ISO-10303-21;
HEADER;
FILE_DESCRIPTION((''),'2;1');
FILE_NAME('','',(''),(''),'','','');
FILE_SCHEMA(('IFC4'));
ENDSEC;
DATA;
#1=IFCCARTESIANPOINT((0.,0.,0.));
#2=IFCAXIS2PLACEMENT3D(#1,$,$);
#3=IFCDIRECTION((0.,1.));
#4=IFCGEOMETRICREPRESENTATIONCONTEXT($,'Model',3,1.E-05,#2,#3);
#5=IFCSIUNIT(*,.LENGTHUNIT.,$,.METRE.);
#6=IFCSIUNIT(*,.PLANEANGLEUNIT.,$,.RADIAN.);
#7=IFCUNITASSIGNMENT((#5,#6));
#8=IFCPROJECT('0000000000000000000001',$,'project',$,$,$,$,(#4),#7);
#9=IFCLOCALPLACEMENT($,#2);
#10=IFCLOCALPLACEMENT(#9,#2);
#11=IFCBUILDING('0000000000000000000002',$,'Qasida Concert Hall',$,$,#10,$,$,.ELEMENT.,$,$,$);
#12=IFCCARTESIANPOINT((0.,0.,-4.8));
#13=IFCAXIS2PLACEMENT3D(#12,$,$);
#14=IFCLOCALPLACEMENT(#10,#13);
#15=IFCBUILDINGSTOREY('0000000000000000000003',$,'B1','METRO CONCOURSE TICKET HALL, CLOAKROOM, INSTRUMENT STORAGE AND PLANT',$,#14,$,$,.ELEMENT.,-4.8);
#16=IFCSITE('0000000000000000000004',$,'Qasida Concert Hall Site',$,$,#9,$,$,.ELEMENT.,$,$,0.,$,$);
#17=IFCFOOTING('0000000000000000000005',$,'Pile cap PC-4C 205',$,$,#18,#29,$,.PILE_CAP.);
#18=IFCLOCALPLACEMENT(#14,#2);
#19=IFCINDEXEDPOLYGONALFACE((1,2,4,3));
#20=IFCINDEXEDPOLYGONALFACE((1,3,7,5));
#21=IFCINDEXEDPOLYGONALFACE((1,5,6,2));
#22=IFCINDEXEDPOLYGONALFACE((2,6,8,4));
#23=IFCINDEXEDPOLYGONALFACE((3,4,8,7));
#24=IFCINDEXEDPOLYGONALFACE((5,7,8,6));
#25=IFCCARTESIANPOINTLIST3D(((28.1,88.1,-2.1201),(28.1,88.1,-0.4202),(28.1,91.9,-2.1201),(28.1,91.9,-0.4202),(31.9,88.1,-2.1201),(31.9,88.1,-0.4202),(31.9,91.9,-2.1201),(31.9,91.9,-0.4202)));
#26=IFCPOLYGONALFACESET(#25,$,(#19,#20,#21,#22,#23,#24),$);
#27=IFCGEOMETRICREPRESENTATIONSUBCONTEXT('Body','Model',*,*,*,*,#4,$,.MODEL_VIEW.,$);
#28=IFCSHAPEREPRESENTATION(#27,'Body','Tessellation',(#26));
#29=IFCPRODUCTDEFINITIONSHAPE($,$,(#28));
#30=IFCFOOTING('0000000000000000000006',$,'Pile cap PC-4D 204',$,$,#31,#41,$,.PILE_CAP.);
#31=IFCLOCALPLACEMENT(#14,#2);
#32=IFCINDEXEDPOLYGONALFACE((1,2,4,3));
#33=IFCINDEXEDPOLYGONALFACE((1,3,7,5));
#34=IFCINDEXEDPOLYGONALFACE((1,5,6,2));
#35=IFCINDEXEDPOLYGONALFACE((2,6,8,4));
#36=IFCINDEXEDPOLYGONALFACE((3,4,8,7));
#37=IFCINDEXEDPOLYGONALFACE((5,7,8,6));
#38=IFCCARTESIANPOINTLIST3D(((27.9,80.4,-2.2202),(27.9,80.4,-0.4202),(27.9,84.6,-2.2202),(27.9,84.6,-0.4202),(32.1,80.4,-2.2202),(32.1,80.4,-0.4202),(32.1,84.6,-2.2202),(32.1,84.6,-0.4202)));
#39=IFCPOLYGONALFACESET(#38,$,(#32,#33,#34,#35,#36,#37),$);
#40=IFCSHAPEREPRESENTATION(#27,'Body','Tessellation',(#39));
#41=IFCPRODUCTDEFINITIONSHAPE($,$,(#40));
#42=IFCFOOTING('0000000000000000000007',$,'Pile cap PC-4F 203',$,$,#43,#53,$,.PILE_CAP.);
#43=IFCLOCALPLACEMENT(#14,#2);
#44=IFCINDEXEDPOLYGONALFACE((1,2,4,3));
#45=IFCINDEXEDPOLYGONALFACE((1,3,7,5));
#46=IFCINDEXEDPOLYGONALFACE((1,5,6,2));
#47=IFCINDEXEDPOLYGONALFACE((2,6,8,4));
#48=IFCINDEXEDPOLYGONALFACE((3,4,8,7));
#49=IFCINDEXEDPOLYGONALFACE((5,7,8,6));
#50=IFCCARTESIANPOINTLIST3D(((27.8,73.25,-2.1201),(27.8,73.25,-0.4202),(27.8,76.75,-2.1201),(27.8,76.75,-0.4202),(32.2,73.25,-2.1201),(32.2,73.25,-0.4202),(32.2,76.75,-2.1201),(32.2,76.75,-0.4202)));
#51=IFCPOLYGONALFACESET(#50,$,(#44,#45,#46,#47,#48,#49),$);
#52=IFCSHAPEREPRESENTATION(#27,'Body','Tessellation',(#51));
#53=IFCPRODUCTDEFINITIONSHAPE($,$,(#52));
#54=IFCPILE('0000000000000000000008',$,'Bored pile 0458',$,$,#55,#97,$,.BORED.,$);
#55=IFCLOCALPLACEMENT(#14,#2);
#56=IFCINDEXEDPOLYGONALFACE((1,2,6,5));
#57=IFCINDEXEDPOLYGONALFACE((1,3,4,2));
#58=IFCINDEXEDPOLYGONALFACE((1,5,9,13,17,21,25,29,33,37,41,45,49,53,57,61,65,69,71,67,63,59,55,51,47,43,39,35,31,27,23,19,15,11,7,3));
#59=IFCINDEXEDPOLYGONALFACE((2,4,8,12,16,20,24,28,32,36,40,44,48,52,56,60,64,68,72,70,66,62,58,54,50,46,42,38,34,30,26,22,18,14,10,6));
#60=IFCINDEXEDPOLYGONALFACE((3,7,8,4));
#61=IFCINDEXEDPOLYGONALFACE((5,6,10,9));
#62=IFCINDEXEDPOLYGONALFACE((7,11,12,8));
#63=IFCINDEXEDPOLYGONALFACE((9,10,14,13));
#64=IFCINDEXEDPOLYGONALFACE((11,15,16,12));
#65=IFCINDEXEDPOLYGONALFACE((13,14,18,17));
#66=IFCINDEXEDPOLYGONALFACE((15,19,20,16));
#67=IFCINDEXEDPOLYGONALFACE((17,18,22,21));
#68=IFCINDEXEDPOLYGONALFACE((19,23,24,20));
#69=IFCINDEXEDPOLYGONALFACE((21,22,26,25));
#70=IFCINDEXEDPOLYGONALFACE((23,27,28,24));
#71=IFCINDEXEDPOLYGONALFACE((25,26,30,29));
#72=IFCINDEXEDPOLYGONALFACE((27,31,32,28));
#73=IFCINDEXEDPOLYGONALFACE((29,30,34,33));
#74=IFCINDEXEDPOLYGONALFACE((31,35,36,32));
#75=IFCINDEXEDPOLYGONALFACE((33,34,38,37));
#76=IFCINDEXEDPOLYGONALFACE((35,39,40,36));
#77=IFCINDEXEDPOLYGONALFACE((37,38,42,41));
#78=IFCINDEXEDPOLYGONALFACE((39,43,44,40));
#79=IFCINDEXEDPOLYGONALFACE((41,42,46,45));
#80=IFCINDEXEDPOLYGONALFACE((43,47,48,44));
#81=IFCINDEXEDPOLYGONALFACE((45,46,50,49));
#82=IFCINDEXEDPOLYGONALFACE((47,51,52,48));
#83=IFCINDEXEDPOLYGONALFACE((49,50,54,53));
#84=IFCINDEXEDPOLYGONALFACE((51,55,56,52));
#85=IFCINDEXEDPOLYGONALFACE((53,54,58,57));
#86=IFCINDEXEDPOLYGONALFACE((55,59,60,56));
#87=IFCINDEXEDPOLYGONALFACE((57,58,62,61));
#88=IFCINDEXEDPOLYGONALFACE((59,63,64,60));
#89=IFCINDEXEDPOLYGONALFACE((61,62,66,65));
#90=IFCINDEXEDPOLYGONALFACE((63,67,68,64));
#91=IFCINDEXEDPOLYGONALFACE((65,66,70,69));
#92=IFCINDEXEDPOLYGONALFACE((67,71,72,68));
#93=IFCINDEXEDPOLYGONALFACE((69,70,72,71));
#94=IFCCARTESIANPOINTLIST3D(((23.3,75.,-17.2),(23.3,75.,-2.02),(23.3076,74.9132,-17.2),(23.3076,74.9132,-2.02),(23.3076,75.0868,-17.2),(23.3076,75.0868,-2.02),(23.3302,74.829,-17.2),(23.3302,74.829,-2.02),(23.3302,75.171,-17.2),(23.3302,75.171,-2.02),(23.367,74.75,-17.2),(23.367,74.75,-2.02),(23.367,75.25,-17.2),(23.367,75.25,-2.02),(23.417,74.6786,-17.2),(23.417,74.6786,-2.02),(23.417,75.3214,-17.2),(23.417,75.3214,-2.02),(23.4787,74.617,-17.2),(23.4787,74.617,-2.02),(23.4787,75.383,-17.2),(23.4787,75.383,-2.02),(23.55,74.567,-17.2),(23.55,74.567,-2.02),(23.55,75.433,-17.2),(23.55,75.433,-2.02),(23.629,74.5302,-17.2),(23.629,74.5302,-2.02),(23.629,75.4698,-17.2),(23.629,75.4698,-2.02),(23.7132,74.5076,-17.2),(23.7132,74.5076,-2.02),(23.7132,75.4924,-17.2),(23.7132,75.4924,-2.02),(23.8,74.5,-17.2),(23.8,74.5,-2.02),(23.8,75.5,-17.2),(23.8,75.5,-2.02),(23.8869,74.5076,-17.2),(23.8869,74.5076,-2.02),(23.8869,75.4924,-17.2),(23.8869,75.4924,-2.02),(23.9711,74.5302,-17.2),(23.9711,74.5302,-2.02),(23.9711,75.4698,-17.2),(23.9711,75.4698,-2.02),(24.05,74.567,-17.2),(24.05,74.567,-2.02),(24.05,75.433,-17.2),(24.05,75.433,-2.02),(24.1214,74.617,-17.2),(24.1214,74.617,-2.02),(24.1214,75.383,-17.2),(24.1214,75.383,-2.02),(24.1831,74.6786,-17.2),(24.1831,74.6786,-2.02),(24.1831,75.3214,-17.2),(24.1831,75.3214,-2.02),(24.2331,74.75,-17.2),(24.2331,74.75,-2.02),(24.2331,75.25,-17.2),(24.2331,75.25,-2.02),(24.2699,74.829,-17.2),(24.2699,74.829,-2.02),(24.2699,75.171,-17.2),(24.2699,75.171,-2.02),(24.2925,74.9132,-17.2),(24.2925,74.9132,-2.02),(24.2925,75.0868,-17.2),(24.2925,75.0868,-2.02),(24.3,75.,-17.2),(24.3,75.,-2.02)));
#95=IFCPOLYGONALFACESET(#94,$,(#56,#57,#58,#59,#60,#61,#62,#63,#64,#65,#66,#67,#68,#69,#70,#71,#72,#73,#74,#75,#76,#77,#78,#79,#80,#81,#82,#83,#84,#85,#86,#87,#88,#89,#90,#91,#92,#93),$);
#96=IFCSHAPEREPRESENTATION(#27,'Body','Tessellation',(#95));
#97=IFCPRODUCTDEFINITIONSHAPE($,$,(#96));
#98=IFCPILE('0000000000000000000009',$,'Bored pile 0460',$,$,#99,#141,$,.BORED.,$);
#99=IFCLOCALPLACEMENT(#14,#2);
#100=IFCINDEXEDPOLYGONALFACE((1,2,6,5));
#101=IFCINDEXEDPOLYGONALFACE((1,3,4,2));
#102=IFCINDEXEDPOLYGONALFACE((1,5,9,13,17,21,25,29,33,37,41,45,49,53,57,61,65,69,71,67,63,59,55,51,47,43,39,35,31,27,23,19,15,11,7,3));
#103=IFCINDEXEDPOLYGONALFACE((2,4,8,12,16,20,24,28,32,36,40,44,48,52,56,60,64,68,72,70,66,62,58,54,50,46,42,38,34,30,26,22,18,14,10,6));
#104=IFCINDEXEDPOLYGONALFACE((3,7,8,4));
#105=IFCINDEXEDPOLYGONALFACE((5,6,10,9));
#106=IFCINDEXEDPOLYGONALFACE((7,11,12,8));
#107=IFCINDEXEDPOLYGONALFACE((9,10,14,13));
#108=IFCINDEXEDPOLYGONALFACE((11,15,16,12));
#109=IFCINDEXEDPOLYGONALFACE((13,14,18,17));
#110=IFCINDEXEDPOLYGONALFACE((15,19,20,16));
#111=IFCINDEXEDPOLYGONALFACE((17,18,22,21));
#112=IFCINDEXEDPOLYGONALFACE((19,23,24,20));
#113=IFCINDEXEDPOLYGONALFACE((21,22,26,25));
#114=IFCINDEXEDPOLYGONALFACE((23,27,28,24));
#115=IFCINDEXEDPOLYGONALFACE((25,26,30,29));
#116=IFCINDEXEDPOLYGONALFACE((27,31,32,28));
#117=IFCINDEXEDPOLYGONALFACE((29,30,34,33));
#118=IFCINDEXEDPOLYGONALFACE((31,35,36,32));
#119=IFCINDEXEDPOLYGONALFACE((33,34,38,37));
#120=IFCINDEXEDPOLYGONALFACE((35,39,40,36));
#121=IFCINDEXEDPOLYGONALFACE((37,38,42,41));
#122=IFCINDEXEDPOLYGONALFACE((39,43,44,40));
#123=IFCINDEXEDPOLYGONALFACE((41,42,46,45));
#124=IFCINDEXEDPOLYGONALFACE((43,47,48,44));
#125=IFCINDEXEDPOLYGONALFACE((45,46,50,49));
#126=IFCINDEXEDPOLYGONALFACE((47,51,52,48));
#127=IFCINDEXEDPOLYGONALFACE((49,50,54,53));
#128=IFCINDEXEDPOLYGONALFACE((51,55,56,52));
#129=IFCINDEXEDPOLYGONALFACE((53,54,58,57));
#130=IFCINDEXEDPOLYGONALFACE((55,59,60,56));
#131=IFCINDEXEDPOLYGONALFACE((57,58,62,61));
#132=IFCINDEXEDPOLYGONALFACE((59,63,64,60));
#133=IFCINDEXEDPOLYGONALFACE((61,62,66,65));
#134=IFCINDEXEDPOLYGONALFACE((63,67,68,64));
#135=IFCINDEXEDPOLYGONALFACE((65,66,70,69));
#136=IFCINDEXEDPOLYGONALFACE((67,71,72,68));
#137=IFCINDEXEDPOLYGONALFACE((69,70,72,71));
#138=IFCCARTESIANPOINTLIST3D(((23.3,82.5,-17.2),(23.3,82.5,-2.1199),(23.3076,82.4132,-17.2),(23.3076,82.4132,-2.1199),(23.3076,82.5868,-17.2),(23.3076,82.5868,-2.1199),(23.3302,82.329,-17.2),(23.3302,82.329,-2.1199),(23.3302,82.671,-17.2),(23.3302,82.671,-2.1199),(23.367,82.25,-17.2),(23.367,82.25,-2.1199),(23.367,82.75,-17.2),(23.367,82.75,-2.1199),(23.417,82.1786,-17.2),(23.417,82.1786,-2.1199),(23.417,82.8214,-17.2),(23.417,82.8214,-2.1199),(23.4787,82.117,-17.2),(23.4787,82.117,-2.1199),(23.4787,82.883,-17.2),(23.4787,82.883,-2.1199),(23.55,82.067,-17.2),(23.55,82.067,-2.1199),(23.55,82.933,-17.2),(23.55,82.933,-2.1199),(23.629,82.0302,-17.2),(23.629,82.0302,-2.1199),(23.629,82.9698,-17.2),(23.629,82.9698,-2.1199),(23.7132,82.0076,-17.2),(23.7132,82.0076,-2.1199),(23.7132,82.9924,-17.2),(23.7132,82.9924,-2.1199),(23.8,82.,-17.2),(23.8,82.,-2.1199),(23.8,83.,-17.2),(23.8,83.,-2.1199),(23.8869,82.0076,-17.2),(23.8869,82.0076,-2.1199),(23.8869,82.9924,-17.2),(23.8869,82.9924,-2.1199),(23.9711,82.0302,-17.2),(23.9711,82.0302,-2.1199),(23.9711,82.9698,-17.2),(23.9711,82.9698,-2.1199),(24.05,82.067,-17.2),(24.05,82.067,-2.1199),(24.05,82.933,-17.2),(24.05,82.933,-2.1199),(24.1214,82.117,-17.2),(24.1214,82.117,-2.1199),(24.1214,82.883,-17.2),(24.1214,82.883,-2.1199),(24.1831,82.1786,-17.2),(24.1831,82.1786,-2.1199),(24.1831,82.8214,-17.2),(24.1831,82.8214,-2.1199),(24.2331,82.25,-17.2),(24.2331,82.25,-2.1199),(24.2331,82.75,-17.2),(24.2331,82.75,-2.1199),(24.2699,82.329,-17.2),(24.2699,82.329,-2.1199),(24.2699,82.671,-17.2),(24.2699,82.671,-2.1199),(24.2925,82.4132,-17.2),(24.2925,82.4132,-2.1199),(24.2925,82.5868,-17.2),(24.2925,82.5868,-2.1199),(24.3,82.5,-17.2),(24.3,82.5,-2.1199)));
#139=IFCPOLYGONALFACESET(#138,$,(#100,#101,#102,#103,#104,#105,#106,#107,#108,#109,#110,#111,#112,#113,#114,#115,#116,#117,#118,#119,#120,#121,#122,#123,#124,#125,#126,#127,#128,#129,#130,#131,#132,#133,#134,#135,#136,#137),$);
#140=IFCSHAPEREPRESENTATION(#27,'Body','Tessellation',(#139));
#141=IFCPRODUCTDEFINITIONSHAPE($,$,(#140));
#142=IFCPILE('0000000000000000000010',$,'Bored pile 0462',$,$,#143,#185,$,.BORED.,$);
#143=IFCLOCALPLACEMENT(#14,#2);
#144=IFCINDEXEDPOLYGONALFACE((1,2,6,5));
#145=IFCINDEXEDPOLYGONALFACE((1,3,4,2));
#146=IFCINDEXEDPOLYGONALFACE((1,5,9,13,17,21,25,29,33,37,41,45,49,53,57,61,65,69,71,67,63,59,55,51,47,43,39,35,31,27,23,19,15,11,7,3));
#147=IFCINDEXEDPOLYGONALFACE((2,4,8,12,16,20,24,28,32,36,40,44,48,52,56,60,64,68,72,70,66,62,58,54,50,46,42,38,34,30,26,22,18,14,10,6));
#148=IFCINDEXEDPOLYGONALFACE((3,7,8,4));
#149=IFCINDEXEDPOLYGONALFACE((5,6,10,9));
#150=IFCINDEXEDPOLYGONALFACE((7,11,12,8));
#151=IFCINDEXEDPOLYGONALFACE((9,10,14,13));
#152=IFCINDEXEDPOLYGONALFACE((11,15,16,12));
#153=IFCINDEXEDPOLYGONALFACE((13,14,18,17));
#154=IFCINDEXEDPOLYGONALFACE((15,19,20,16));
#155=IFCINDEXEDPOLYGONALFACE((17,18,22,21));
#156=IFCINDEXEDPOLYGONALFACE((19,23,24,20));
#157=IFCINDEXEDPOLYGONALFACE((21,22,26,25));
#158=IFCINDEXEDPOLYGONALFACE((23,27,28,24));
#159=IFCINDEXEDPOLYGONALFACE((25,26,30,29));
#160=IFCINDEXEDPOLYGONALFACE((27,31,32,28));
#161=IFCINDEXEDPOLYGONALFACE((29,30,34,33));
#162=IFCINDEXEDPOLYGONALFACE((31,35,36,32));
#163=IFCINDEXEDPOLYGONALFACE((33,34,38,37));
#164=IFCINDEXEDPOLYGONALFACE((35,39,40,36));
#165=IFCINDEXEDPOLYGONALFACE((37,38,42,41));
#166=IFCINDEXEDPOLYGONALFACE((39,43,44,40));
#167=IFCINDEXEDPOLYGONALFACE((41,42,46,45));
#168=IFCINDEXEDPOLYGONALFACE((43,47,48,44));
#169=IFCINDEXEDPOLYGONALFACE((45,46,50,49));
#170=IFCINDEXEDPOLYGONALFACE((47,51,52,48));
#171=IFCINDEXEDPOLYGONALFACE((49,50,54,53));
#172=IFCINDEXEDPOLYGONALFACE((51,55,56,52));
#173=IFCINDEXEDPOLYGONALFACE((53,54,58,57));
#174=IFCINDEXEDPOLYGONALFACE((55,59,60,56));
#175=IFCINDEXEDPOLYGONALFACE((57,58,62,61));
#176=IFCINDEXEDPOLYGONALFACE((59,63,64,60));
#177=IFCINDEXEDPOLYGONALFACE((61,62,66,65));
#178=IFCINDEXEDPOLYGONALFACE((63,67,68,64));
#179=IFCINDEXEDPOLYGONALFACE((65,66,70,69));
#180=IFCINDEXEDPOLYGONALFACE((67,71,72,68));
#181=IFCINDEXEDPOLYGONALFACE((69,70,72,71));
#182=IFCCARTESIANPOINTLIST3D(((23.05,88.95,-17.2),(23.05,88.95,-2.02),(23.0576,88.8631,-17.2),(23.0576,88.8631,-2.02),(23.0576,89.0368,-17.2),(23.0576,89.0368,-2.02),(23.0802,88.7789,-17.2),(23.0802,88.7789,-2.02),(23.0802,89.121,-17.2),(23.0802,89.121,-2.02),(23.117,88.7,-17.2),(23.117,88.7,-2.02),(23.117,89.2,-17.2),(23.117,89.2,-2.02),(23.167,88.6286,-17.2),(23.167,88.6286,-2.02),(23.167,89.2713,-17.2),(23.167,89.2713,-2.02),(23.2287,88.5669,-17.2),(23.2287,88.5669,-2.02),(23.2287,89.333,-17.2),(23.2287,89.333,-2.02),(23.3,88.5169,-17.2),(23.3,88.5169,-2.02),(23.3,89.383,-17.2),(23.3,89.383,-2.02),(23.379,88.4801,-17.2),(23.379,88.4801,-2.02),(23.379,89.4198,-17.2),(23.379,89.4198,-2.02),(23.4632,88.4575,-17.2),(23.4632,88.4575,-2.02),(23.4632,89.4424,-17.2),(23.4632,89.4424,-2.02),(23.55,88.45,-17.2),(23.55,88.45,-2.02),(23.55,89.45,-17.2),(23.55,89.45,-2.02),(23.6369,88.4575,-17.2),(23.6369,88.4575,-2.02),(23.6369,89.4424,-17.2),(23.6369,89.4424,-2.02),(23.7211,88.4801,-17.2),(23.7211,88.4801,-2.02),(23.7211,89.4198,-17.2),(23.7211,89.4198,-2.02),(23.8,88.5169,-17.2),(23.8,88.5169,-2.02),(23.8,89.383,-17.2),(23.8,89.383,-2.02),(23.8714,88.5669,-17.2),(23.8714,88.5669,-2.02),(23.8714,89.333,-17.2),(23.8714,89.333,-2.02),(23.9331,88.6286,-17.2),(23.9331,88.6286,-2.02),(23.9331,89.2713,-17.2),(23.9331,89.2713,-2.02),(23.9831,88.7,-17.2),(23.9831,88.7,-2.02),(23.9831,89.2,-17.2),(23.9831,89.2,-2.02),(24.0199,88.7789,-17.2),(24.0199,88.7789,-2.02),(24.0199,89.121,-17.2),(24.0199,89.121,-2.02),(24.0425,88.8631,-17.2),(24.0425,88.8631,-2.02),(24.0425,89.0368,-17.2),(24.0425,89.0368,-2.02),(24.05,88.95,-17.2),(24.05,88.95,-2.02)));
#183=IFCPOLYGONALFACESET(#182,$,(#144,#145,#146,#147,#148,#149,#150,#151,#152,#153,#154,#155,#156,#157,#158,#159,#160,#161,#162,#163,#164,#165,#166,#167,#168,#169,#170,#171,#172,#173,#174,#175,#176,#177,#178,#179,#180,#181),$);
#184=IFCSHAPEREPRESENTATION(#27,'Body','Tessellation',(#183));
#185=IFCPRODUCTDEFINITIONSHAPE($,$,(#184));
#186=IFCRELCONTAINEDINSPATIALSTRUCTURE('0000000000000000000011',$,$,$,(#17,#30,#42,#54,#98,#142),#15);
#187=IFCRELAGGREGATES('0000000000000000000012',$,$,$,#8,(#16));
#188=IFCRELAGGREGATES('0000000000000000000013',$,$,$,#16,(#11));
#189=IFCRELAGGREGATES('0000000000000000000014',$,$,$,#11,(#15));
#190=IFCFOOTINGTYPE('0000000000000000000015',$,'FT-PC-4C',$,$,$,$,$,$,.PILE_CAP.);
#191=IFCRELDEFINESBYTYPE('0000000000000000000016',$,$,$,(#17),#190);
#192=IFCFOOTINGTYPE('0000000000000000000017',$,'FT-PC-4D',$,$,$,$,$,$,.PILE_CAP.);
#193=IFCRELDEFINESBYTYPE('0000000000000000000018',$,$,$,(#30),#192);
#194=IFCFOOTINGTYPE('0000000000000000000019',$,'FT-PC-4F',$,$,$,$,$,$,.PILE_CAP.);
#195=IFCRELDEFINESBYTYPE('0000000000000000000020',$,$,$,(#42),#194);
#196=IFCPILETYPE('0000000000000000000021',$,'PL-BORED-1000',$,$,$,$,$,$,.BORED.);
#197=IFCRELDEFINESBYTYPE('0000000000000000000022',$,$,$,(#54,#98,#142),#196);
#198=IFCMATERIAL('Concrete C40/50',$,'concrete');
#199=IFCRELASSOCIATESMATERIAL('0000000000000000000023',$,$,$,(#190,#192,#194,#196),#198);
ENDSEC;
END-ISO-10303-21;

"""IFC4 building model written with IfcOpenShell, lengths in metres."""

from ifc_helpers import new_model, si_unit, direction, frame, origin, origin_2d, place, context, subcontext, project, spatial, rectangle, circle, extrude, material, material_profile, profile_set, type_object, element, save


model = new_model("IFC4")

# Units and contexts
model_context = context("Model", 3, precision=1e-05, world=origin(), true_north=direction((0.0, 1.0)))
body_context = subcontext(model_context, "Body", "Model", "MODEL_VIEW")
ifc_project = project(units=[si_unit("LENGTHUNIT", "METRE"), si_unit("PLANEANGLEUNIT", "RADIAN")], contexts=[model_context])

# Site, building, storey
site_placement = place(None, origin())
site = spatial("IfcSite", under=ifc_project, at=site_placement, Name="Qasida Concert Hall Site", CompositionType="ELEMENT", RefElevation=0.0)
building_placement = place(site_placement, origin())
building = spatial("IfcBuilding", under=site, at=building_placement, Name="Qasida Concert Hall", CompositionType="ELEMENT")
storey_placement = place(building_placement, frame((0.0, 0.0, -4.8)))
storey = spatial("IfcBuildingStorey", under=building, at=storey_placement, Name="B1", Description="METRO CONCOURSE TICKET HALL, CLOAKROOM, INSTRUMENT STORAGE AND PLANT", CompositionType="ELEMENT", Elevation=-4.8)

# Footings
ifc_material_1 = material(Name="Concrete C40/50", Category="concrete")
footing_type_1 = type_object("IfcFootingType", Name="FT-PC-4C", PredefinedType="PILE_CAP", material=ifc_material_1)
footing_1_placement = place(storey_placement, frame((30.0, 90.0, -2.1201), z_axis=(0.0, 0.0, 1.0), x_axis=(1.0, 0.0, 0.0)))
element("IfcFooting", 1, at=footing_1_placement, inside=storey, type_object=footing_type_1, Name="Pile cap PC-4C 205", PredefinedType="PILE_CAP", context=body_context, shape_type="SweptSolid", body=[
    extrude(rectangle(XDim=3.8, YDim=3.8, at=origin_2d()), origin(), (0.0, 0.0, 1.0), 1.7),
])
footing_type_2 = type_object("IfcFootingType", Name="FT-PC-4D", PredefinedType="PILE_CAP", material=ifc_material_1)
footing_2_placement = place(storey_placement, frame((30.0, 82.5, -2.2202), z_axis=(0.0, 0.0, 1.0), x_axis=(1.0, 0.0, 0.0)))
element("IfcFooting", 2, at=footing_2_placement, inside=storey, type_object=footing_type_2, Name="Pile cap PC-4D 204", PredefinedType="PILE_CAP", context=body_context, shape_type="SweptSolid", body=[
    extrude(rectangle(XDim=4.2, YDim=4.2, at=origin_2d()), origin(), (0.0, 0.0, 1.0), 1.8),
])
footing_type_3 = type_object("IfcFootingType", Name="FT-PC-4F", PredefinedType="PILE_CAP", material=ifc_material_1)
footing_3_placement = place(storey_placement, frame((30.0, 75.0, -2.1201), z_axis=(0.0, 0.0, 1.0), x_axis=(1.0, 0.0, 0.0)))
element("IfcFooting", 3, at=footing_3_placement, inside=storey, type_object=footing_type_3, Name="Pile cap PC-4F 203", PredefinedType="PILE_CAP", context=body_context, shape_type="SweptSolid", body=[
    extrude(rectangle(XDim=4.3999, YDim=3.5, at=origin_2d()), origin(), (0.0, 0.0, 1.0), 1.7),
])

# Piles
ifc_material_profile_1 = material_profile(ifc_material_1, circle(Radius=0.5, at=origin_2d()), Name="BORED PILE D1000")
ifc_profile_set_1 = profile_set([ifc_material_profile_1], Name="Concrete C40/50")
pile_type = type_object("IfcPileType", Name="PL-BORED-1000", PredefinedType="BORED", material=ifc_profile_set_1)
pile_1_placement = place(storey_placement, frame((23.8, 75.0, -2.02), z_axis=(0.0, 0.0, -1.0), x_axis=(1.0, 0.0, 0.0)))
element("IfcPile", 4, at=pile_1_placement, inside=storey, type_object=pile_type, Name="Bored pile 0458", PredefinedType="BORED", context=body_context, shape_type="SweptSolid", body=[
    extrude(circle(Radius=0.5, at=origin_2d()), origin(), (0.0, 0.0, 1.0), 15.1799),
])
pile_2_placement = place(storey_placement, frame((23.8, 82.5, -2.1199), z_axis=(0.0, 0.0, -1.0), x_axis=(1.0, 0.0, 0.0)))
element("IfcPile", 5, at=pile_2_placement, inside=storey, type_object=pile_type, Name="Bored pile 0460", PredefinedType="BORED", context=body_context, shape_type="SweptSolid", body=[
    extrude(circle(Radius=0.5, at=origin_2d()), origin(), (0.0, 0.0, 1.0), 15.0801),
])
for number, where, z_axis, x_axis, name in (
    (6, (23.55, 88.95, -2.02), (0.0, 0.0, -1.0), (1.0, 0.0, 0.0), "Bored pile 0462"),
):
    element("IfcPile", number, at=place(storey_placement, frame(where, z_axis=z_axis, x_axis=x_axis)), inside=storey, type_object=pile_type, Name=name, PredefinedType="BORED", context=body_context, shape_type="SweptSolid", body=[
        extrude(circle(Radius=0.5, at=origin_2d()), origin(), (0.0, 0.0, 1.0), 15.1799),
    ])

save(model, "model.ifc")
